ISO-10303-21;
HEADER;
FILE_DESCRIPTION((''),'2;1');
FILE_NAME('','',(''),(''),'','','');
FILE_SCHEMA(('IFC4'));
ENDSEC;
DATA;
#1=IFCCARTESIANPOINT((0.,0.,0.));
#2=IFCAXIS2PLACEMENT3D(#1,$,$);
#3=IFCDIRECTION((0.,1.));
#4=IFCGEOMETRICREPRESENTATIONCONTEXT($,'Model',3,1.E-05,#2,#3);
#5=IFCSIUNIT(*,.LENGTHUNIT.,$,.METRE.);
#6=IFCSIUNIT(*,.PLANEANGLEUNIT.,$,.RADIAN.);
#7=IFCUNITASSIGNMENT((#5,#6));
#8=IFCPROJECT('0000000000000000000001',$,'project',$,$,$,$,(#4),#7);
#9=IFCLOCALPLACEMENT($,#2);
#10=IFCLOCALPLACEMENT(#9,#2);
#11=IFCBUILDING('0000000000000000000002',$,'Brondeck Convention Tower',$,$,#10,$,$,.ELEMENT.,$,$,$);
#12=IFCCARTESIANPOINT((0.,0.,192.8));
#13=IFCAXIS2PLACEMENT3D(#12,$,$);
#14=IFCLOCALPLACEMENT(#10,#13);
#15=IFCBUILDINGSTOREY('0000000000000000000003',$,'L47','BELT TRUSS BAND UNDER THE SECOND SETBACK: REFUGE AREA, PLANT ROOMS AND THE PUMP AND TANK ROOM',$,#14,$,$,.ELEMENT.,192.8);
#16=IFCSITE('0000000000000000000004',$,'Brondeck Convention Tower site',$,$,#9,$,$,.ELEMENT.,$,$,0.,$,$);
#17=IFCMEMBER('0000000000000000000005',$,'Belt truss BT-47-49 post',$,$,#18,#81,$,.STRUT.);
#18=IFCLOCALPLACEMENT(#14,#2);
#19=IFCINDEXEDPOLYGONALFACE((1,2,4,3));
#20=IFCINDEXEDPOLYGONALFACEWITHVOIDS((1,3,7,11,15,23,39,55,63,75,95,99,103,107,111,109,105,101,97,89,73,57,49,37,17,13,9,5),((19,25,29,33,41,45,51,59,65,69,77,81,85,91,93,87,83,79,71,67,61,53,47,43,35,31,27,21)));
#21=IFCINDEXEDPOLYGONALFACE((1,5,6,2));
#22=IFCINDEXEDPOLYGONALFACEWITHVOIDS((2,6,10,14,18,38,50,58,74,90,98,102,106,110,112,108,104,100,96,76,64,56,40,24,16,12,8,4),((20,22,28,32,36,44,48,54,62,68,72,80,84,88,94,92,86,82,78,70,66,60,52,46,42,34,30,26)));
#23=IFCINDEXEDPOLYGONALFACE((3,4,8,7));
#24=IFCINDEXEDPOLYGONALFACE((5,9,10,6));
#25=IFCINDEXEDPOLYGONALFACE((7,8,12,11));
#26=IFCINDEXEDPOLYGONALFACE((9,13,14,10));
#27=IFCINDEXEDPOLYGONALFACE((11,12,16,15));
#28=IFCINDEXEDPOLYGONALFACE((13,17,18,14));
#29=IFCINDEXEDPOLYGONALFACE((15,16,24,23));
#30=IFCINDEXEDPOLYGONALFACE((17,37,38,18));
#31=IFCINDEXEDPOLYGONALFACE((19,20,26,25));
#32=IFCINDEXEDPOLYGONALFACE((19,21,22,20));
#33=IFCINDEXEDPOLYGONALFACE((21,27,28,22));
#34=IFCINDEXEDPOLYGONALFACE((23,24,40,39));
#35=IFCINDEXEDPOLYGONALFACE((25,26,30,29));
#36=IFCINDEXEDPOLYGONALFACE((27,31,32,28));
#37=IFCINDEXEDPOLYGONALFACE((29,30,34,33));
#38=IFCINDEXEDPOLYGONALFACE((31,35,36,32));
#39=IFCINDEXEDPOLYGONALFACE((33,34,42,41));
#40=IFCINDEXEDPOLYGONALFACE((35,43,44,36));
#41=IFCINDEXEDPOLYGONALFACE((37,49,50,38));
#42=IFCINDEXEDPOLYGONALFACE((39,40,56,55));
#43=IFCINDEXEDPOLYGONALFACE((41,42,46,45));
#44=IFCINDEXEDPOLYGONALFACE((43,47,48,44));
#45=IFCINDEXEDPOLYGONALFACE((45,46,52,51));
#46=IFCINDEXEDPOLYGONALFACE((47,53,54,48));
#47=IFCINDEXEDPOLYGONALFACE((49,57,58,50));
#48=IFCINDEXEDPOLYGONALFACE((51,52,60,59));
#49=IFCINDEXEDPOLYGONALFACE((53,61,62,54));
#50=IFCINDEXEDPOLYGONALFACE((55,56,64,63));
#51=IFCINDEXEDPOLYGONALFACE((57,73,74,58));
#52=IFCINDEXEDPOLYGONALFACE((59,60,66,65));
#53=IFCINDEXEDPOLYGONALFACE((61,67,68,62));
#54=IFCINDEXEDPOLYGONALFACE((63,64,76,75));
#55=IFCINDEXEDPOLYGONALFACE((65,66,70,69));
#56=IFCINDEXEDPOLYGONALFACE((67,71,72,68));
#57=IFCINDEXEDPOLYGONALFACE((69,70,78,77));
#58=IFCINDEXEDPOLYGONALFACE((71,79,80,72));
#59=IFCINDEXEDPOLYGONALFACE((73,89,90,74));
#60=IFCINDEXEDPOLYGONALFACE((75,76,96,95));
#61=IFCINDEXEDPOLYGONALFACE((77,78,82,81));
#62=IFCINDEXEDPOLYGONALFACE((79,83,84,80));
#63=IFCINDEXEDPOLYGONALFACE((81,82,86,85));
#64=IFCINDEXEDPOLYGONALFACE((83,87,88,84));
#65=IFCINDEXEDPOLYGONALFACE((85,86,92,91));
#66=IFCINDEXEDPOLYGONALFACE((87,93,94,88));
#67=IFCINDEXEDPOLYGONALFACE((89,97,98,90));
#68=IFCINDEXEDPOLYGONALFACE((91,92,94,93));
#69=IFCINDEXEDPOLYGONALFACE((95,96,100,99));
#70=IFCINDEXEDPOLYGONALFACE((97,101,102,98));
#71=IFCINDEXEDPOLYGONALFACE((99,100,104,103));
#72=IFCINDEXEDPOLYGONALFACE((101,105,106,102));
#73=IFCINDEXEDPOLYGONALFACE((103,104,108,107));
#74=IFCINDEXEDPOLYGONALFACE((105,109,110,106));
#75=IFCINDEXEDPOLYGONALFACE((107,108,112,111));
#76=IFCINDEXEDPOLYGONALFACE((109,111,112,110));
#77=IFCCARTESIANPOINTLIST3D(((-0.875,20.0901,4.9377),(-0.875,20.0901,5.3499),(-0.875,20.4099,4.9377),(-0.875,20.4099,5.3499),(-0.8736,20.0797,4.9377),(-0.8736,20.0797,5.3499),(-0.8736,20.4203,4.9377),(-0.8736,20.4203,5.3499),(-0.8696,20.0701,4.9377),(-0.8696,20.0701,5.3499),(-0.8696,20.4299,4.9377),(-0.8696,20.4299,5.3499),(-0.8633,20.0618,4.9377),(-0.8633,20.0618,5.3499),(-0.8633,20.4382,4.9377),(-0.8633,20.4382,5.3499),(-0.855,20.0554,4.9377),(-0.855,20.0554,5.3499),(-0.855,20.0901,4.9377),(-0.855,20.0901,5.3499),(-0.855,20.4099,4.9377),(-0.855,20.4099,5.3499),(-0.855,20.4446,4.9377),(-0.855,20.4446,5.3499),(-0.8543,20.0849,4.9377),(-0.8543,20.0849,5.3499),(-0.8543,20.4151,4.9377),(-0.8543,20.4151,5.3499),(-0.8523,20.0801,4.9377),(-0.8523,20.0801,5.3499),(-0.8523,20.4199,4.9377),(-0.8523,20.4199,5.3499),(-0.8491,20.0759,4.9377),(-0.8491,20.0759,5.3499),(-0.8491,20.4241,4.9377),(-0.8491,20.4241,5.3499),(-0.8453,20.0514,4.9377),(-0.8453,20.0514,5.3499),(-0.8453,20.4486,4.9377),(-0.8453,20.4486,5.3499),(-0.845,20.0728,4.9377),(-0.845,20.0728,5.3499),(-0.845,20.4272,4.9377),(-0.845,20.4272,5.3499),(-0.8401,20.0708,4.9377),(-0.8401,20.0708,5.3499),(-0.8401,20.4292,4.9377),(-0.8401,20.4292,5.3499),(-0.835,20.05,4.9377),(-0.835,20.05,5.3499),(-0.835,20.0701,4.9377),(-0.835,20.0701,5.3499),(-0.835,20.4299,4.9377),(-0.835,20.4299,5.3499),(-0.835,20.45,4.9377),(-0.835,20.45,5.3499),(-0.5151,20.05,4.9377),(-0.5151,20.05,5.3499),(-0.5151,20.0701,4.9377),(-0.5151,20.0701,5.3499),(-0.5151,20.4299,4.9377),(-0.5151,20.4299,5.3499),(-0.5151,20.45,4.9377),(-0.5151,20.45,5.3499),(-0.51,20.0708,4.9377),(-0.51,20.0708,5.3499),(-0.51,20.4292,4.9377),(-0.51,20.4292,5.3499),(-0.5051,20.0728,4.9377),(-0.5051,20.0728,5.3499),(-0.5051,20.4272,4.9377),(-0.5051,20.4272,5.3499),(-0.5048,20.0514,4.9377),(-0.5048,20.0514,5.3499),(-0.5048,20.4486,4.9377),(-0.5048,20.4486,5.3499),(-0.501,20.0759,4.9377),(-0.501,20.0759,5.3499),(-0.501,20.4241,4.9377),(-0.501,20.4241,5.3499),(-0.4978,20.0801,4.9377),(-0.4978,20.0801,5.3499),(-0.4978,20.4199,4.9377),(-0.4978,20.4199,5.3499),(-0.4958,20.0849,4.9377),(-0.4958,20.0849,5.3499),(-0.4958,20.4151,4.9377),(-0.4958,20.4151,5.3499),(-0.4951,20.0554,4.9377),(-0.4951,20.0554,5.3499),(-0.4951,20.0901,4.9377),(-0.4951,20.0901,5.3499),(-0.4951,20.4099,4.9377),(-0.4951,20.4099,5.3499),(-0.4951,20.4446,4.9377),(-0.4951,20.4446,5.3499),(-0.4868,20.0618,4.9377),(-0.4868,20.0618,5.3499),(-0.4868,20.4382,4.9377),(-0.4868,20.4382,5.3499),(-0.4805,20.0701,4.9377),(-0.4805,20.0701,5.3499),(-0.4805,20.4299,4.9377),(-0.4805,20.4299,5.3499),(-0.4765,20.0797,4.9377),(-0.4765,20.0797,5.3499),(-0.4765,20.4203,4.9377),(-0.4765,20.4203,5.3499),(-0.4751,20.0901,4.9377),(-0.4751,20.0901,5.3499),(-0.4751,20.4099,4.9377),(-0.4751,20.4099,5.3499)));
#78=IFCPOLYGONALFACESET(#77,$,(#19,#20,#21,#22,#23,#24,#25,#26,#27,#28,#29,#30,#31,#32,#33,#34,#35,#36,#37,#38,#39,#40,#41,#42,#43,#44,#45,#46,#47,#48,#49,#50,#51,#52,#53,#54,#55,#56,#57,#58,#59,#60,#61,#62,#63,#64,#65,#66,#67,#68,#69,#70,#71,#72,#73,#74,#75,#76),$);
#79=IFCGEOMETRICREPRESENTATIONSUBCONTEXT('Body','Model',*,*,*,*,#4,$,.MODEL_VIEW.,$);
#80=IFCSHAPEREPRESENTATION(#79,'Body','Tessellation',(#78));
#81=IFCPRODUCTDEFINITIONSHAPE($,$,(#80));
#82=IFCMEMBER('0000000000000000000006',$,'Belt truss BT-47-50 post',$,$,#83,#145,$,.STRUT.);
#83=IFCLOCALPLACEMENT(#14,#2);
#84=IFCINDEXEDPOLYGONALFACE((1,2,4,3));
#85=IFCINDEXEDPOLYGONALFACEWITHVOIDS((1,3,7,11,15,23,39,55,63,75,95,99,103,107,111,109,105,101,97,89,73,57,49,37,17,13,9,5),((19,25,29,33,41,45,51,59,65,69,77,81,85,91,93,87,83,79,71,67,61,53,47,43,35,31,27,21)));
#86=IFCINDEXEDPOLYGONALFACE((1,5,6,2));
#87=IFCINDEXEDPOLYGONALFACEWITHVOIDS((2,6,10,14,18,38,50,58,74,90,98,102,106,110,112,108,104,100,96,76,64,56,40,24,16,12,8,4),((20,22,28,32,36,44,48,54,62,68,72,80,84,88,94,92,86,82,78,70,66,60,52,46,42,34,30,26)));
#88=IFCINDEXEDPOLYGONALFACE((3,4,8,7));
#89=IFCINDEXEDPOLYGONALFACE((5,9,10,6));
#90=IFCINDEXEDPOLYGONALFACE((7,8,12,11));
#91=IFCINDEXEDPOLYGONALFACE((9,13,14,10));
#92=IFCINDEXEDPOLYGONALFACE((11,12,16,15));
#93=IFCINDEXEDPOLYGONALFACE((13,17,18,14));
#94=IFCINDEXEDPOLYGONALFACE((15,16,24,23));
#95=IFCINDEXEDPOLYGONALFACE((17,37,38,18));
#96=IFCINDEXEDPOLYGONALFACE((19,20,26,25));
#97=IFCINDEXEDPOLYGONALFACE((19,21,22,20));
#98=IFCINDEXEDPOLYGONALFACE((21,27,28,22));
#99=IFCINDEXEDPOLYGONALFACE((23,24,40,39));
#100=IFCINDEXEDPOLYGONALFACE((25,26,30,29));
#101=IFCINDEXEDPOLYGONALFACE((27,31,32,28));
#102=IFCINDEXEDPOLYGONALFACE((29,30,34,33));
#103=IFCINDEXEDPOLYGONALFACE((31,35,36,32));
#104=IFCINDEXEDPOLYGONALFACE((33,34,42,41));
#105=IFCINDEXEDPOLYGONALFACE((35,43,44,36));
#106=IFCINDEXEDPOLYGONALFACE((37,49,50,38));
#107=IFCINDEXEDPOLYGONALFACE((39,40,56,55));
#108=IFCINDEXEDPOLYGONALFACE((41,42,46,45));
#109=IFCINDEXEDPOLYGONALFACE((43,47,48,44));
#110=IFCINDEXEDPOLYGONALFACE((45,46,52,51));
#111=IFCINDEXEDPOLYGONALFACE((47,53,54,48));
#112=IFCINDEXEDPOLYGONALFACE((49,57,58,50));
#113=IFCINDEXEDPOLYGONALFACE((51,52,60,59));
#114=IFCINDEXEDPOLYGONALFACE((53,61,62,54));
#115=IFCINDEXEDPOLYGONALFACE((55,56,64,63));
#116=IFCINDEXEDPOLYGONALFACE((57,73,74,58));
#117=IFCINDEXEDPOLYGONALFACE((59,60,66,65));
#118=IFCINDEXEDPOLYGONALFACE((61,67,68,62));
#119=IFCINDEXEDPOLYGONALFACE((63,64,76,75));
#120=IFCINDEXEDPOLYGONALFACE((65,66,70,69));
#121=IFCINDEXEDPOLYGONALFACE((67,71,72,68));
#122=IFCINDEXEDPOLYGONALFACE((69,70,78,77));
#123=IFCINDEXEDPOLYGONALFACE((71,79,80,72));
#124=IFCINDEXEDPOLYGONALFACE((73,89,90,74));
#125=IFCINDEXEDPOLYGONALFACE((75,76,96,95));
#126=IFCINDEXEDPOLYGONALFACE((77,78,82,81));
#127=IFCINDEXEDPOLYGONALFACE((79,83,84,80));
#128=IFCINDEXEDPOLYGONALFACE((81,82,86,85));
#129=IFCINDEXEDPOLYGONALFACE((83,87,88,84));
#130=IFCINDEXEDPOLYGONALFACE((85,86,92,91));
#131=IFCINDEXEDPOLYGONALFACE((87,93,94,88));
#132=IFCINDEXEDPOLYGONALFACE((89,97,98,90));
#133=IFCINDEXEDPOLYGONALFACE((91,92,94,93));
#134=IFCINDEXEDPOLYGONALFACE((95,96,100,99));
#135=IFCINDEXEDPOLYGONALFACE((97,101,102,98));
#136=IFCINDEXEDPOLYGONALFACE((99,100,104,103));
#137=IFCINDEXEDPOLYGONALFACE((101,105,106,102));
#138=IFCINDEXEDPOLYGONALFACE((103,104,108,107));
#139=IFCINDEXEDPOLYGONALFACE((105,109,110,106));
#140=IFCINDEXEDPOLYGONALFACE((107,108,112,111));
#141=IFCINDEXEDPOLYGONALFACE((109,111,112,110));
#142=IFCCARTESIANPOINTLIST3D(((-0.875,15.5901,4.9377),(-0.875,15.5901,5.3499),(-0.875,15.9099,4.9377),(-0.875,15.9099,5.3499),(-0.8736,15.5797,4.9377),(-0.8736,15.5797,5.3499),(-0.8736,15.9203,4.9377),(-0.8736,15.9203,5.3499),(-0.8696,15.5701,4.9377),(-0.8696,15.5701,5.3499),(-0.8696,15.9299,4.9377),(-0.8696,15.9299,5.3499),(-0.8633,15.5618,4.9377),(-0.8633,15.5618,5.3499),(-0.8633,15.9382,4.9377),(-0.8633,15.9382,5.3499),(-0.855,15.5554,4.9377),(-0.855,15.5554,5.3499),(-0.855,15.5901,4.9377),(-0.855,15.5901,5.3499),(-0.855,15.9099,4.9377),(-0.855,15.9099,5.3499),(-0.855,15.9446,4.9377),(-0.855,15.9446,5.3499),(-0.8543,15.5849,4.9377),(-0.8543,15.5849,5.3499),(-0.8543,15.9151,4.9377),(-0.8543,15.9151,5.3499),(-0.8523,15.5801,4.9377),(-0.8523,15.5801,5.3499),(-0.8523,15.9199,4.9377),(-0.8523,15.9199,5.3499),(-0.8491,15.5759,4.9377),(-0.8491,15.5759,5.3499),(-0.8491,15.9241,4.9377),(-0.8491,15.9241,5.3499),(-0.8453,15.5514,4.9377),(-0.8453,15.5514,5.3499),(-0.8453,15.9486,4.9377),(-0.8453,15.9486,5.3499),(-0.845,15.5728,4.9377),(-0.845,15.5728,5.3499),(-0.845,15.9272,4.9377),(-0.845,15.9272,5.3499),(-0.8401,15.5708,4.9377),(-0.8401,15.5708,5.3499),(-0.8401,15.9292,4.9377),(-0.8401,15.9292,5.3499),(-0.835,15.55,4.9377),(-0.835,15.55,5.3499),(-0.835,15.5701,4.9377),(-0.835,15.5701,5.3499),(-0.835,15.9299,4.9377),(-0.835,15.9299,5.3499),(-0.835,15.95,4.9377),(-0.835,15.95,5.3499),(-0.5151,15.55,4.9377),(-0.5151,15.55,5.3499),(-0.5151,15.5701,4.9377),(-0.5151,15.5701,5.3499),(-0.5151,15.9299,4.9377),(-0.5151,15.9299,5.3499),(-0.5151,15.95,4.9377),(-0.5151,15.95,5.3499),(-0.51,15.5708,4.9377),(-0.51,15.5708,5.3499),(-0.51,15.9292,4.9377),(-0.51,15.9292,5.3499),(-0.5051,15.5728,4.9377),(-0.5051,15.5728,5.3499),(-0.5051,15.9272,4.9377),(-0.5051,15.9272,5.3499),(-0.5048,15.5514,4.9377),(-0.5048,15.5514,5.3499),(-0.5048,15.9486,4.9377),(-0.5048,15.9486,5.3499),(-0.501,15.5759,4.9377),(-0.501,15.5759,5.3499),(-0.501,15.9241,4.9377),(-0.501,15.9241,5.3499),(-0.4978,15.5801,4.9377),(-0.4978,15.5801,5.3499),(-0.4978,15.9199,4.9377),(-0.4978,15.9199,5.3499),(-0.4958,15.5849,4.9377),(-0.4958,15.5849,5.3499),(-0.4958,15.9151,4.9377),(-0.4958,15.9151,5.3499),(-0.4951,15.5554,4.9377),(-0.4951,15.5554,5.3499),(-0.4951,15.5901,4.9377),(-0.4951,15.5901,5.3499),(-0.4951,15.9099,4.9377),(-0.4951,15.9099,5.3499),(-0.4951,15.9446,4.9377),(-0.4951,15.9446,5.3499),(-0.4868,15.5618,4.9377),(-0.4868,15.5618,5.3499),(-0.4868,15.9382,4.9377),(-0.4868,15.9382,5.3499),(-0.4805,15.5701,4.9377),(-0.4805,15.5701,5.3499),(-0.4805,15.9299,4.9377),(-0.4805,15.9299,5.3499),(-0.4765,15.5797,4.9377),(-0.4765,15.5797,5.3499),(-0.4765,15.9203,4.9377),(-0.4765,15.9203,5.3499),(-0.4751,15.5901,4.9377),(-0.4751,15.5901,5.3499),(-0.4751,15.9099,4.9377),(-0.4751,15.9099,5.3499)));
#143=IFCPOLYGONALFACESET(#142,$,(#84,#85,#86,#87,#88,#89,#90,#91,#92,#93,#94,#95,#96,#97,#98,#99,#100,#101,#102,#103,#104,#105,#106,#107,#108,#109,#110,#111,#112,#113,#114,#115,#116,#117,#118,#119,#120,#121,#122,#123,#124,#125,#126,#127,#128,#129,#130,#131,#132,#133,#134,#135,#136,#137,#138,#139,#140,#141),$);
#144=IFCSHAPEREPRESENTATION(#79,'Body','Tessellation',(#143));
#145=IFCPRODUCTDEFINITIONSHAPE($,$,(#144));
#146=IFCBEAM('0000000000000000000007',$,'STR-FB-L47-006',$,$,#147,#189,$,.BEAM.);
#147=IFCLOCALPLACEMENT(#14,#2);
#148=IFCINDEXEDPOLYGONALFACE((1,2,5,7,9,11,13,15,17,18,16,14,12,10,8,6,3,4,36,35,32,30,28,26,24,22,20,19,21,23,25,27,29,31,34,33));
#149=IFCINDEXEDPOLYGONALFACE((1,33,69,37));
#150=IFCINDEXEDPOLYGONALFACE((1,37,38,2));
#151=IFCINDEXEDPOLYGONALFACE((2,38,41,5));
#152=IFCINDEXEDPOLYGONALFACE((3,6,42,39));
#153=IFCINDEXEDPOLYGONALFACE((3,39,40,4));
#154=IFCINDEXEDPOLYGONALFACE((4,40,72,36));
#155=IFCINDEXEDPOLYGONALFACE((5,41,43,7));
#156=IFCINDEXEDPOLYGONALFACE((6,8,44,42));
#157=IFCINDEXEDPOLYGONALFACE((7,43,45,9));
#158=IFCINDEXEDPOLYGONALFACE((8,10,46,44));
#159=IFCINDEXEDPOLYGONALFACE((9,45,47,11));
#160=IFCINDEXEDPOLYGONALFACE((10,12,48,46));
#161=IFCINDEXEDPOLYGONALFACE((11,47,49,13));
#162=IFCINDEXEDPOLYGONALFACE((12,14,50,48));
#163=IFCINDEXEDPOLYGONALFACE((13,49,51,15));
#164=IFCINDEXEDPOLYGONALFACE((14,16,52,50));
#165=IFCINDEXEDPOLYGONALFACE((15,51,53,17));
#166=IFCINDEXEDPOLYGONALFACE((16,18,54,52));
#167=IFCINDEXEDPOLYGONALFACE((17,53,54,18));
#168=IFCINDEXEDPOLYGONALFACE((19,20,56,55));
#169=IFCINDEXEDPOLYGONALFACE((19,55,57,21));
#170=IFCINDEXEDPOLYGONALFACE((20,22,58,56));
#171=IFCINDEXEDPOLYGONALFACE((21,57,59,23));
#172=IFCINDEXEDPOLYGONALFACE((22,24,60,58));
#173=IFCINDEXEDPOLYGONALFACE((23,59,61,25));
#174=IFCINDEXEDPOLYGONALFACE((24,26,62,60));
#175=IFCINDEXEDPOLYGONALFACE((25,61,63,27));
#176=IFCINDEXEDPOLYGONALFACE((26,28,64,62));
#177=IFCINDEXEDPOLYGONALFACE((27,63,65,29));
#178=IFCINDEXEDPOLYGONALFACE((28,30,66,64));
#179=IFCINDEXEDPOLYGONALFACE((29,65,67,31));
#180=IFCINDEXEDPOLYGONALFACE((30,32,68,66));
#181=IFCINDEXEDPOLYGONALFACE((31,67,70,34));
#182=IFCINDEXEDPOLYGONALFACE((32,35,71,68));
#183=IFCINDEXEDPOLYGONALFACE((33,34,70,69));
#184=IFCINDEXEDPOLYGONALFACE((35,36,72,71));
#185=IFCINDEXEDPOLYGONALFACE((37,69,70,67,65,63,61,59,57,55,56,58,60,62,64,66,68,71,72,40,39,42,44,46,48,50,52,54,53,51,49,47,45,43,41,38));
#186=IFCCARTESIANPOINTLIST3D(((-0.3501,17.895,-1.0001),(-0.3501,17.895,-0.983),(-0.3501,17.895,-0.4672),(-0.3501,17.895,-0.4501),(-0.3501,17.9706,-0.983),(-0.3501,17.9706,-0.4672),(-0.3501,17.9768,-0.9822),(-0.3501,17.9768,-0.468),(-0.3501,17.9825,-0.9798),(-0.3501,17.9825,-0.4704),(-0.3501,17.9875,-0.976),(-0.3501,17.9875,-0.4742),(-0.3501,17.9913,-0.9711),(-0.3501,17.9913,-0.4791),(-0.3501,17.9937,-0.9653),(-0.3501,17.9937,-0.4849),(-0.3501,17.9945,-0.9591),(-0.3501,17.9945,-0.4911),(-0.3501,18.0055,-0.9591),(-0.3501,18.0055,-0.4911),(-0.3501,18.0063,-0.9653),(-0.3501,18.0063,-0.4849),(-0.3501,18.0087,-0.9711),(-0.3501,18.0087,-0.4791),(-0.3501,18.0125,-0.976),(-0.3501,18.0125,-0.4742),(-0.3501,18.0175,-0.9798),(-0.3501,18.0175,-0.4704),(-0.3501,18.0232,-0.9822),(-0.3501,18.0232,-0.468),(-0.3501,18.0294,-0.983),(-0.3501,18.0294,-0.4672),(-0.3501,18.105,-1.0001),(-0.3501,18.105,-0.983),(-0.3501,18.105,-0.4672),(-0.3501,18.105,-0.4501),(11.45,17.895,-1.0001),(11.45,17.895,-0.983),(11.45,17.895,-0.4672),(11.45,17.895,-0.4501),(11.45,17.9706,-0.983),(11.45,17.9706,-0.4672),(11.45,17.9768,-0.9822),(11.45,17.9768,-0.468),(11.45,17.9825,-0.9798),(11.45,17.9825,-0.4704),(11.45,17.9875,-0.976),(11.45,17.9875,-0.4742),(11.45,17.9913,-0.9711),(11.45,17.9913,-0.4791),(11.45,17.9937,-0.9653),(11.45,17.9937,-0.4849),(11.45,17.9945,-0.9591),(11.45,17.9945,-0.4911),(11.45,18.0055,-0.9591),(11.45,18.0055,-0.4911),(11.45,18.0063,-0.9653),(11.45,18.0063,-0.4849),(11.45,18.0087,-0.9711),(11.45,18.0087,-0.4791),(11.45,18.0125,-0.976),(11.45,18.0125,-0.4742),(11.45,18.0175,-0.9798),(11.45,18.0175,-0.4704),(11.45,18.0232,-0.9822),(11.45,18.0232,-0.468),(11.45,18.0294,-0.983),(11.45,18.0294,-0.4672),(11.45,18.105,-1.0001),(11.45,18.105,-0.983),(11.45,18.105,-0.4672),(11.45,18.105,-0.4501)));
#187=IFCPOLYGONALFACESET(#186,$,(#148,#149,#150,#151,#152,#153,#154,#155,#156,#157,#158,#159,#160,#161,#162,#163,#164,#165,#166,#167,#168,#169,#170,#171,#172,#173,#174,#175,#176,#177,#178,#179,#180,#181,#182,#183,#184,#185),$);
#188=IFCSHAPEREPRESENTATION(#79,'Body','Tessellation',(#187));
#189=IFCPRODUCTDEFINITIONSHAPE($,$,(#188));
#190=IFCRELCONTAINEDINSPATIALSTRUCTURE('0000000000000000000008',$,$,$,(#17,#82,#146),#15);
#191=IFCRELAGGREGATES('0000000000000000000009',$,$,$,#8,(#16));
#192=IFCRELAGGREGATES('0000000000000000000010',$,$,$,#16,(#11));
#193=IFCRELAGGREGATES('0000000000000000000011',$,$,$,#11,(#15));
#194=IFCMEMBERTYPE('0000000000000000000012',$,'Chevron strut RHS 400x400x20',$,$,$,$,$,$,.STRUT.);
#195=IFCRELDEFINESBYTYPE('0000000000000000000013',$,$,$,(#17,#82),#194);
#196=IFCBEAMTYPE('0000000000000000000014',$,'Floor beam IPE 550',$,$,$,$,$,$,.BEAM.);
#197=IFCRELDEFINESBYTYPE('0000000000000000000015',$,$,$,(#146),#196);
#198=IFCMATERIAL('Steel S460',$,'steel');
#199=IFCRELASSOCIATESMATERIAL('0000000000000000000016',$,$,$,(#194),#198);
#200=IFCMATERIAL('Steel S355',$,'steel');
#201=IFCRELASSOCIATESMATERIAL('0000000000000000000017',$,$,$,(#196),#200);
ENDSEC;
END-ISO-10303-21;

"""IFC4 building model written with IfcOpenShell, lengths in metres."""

from ifc_helpers import new_model, si_unit, direction, frame, origin, origin_2d, place, context, subcontext, project, spatial, hollow_rectangle, i_section, extrude, material, material_profile, profile_set, type_object, element, save


model = new_model("IFC4")

# Units and contexts
model_context = context("Model", 3, precision=1e-05, world=origin(), true_north=direction((0.0, 1.0)))
body_context = subcontext(model_context, "Body", "Model", "MODEL_VIEW")
ifc_project = project(units=[si_unit("LENGTHUNIT", "METRE"), si_unit("PLANEANGLEUNIT", "RADIAN")], contexts=[model_context])

# Site, building, storey
site_placement = place(None, origin())
site = spatial("IfcSite", under=ifc_project, at=site_placement, Name="Brondeck Convention Tower site", CompositionType="ELEMENT", RefElevation=0.0)
building_placement = place(site_placement, origin())
building = spatial("IfcBuilding", under=site, at=building_placement, Name="Brondeck Convention Tower", CompositionType="ELEMENT")
storey_placement = place(building_placement, frame((0.0, 0.0, 192.8)))
storey = spatial("IfcBuildingStorey", under=building, at=storey_placement, Name="L47", Description="BELT TRUSS BAND UNDER THE SECOND SETBACK: REFUGE AREA, PLANT ROOMS AND THE PUMP AND TANK ROOM", CompositionType="ELEMENT", Elevation=192.8)

# Members
ifc_material_1 = material(Name="Steel S460", Category="steel")
ifc_material_profile_1 = material_profile(ifc_material_1, hollow_rectangle(XDim=0.3999, YDim=0.3999, WallThickness=0.02, InnerFilletRadius=0.02, OuterFilletRadius=0.04, at=origin_2d()), Name="RHS 400x400x20")
ifc_profile_set_1 = profile_set([ifc_material_profile_1], Name="Steel S460")
member_type_1 = type_object("IfcMemberType", Name="Chevron strut RHS 400x400x20", PredefinedType="STRUT", material=ifc_profile_set_1)
for number, where, z_axis, x_axis, name in (
    (1, (-0.675, 20.25, 4.9377), (0.0, 0.0, 1.0), (1.0, 0.0, 0.0), "Belt truss BT-47-49 post"),
    (2, (-0.675, 15.75, 4.9377), (0.0, 0.0, 1.0), (1.0, 0.0, 0.0), "Belt truss BT-47-50 post"),
):
    element("IfcMember", number, at=place(storey_placement, frame(where, z_axis=z_axis, x_axis=x_axis)), inside=storey, type_object=member_type_1, Name=name, PredefinedType="STRUT", context=body_context, shape_type="SweptSolid", body=[
        extrude(hollow_rectangle(XDim=0.3999, YDim=0.3999, WallThickness=0.02, InnerFilletRadius=0.02, OuterFilletRadius=0.04, at=origin_2d()), origin(), (0.0, 0.0, 1.0), 0.4121),
    ])

# Beam
ifc_material_2 = material(Name="Steel S355", Category="steel")
ifc_material_profile_2 = material_profile(ifc_material_2, i_section(OverallWidth=0.21, OverallDepth=0.55, WebThickness=0.011, FlangeThickness=0.0171, FilletRadius=0.0239, at=origin_2d()), Name="IPE 550")
ifc_profile_set_2 = profile_set([ifc_material_profile_2], Name="Steel S355")
beam_type_1 = type_object("IfcBeamType", Name="Floor beam IPE 550", PredefinedType="BEAM", material=ifc_profile_set_2)
beam_1_placement = place(storey_placement, frame((-0.3501, 18.0, -0.7251), z_axis=(1.0, 0.0, 0.0), x_axis=(0.0, 1.0, 0.0)))
element("IfcBeam", 3, at=beam_1_placement, inside=storey, type_object=beam_type_1, Name="STR-FB-L47-006", PredefinedType="BEAM", context=body_context, shape_type="SweptSolid", body=[
    extrude(i_section(OverallWidth=0.21, OverallDepth=0.55, WebThickness=0.011, FlangeThickness=0.0171, FilletRadius=0.0239, at=origin_2d()), origin(), (0.0, 0.0, 1.0), 11.8),
])

save(model, "model.ifc")
